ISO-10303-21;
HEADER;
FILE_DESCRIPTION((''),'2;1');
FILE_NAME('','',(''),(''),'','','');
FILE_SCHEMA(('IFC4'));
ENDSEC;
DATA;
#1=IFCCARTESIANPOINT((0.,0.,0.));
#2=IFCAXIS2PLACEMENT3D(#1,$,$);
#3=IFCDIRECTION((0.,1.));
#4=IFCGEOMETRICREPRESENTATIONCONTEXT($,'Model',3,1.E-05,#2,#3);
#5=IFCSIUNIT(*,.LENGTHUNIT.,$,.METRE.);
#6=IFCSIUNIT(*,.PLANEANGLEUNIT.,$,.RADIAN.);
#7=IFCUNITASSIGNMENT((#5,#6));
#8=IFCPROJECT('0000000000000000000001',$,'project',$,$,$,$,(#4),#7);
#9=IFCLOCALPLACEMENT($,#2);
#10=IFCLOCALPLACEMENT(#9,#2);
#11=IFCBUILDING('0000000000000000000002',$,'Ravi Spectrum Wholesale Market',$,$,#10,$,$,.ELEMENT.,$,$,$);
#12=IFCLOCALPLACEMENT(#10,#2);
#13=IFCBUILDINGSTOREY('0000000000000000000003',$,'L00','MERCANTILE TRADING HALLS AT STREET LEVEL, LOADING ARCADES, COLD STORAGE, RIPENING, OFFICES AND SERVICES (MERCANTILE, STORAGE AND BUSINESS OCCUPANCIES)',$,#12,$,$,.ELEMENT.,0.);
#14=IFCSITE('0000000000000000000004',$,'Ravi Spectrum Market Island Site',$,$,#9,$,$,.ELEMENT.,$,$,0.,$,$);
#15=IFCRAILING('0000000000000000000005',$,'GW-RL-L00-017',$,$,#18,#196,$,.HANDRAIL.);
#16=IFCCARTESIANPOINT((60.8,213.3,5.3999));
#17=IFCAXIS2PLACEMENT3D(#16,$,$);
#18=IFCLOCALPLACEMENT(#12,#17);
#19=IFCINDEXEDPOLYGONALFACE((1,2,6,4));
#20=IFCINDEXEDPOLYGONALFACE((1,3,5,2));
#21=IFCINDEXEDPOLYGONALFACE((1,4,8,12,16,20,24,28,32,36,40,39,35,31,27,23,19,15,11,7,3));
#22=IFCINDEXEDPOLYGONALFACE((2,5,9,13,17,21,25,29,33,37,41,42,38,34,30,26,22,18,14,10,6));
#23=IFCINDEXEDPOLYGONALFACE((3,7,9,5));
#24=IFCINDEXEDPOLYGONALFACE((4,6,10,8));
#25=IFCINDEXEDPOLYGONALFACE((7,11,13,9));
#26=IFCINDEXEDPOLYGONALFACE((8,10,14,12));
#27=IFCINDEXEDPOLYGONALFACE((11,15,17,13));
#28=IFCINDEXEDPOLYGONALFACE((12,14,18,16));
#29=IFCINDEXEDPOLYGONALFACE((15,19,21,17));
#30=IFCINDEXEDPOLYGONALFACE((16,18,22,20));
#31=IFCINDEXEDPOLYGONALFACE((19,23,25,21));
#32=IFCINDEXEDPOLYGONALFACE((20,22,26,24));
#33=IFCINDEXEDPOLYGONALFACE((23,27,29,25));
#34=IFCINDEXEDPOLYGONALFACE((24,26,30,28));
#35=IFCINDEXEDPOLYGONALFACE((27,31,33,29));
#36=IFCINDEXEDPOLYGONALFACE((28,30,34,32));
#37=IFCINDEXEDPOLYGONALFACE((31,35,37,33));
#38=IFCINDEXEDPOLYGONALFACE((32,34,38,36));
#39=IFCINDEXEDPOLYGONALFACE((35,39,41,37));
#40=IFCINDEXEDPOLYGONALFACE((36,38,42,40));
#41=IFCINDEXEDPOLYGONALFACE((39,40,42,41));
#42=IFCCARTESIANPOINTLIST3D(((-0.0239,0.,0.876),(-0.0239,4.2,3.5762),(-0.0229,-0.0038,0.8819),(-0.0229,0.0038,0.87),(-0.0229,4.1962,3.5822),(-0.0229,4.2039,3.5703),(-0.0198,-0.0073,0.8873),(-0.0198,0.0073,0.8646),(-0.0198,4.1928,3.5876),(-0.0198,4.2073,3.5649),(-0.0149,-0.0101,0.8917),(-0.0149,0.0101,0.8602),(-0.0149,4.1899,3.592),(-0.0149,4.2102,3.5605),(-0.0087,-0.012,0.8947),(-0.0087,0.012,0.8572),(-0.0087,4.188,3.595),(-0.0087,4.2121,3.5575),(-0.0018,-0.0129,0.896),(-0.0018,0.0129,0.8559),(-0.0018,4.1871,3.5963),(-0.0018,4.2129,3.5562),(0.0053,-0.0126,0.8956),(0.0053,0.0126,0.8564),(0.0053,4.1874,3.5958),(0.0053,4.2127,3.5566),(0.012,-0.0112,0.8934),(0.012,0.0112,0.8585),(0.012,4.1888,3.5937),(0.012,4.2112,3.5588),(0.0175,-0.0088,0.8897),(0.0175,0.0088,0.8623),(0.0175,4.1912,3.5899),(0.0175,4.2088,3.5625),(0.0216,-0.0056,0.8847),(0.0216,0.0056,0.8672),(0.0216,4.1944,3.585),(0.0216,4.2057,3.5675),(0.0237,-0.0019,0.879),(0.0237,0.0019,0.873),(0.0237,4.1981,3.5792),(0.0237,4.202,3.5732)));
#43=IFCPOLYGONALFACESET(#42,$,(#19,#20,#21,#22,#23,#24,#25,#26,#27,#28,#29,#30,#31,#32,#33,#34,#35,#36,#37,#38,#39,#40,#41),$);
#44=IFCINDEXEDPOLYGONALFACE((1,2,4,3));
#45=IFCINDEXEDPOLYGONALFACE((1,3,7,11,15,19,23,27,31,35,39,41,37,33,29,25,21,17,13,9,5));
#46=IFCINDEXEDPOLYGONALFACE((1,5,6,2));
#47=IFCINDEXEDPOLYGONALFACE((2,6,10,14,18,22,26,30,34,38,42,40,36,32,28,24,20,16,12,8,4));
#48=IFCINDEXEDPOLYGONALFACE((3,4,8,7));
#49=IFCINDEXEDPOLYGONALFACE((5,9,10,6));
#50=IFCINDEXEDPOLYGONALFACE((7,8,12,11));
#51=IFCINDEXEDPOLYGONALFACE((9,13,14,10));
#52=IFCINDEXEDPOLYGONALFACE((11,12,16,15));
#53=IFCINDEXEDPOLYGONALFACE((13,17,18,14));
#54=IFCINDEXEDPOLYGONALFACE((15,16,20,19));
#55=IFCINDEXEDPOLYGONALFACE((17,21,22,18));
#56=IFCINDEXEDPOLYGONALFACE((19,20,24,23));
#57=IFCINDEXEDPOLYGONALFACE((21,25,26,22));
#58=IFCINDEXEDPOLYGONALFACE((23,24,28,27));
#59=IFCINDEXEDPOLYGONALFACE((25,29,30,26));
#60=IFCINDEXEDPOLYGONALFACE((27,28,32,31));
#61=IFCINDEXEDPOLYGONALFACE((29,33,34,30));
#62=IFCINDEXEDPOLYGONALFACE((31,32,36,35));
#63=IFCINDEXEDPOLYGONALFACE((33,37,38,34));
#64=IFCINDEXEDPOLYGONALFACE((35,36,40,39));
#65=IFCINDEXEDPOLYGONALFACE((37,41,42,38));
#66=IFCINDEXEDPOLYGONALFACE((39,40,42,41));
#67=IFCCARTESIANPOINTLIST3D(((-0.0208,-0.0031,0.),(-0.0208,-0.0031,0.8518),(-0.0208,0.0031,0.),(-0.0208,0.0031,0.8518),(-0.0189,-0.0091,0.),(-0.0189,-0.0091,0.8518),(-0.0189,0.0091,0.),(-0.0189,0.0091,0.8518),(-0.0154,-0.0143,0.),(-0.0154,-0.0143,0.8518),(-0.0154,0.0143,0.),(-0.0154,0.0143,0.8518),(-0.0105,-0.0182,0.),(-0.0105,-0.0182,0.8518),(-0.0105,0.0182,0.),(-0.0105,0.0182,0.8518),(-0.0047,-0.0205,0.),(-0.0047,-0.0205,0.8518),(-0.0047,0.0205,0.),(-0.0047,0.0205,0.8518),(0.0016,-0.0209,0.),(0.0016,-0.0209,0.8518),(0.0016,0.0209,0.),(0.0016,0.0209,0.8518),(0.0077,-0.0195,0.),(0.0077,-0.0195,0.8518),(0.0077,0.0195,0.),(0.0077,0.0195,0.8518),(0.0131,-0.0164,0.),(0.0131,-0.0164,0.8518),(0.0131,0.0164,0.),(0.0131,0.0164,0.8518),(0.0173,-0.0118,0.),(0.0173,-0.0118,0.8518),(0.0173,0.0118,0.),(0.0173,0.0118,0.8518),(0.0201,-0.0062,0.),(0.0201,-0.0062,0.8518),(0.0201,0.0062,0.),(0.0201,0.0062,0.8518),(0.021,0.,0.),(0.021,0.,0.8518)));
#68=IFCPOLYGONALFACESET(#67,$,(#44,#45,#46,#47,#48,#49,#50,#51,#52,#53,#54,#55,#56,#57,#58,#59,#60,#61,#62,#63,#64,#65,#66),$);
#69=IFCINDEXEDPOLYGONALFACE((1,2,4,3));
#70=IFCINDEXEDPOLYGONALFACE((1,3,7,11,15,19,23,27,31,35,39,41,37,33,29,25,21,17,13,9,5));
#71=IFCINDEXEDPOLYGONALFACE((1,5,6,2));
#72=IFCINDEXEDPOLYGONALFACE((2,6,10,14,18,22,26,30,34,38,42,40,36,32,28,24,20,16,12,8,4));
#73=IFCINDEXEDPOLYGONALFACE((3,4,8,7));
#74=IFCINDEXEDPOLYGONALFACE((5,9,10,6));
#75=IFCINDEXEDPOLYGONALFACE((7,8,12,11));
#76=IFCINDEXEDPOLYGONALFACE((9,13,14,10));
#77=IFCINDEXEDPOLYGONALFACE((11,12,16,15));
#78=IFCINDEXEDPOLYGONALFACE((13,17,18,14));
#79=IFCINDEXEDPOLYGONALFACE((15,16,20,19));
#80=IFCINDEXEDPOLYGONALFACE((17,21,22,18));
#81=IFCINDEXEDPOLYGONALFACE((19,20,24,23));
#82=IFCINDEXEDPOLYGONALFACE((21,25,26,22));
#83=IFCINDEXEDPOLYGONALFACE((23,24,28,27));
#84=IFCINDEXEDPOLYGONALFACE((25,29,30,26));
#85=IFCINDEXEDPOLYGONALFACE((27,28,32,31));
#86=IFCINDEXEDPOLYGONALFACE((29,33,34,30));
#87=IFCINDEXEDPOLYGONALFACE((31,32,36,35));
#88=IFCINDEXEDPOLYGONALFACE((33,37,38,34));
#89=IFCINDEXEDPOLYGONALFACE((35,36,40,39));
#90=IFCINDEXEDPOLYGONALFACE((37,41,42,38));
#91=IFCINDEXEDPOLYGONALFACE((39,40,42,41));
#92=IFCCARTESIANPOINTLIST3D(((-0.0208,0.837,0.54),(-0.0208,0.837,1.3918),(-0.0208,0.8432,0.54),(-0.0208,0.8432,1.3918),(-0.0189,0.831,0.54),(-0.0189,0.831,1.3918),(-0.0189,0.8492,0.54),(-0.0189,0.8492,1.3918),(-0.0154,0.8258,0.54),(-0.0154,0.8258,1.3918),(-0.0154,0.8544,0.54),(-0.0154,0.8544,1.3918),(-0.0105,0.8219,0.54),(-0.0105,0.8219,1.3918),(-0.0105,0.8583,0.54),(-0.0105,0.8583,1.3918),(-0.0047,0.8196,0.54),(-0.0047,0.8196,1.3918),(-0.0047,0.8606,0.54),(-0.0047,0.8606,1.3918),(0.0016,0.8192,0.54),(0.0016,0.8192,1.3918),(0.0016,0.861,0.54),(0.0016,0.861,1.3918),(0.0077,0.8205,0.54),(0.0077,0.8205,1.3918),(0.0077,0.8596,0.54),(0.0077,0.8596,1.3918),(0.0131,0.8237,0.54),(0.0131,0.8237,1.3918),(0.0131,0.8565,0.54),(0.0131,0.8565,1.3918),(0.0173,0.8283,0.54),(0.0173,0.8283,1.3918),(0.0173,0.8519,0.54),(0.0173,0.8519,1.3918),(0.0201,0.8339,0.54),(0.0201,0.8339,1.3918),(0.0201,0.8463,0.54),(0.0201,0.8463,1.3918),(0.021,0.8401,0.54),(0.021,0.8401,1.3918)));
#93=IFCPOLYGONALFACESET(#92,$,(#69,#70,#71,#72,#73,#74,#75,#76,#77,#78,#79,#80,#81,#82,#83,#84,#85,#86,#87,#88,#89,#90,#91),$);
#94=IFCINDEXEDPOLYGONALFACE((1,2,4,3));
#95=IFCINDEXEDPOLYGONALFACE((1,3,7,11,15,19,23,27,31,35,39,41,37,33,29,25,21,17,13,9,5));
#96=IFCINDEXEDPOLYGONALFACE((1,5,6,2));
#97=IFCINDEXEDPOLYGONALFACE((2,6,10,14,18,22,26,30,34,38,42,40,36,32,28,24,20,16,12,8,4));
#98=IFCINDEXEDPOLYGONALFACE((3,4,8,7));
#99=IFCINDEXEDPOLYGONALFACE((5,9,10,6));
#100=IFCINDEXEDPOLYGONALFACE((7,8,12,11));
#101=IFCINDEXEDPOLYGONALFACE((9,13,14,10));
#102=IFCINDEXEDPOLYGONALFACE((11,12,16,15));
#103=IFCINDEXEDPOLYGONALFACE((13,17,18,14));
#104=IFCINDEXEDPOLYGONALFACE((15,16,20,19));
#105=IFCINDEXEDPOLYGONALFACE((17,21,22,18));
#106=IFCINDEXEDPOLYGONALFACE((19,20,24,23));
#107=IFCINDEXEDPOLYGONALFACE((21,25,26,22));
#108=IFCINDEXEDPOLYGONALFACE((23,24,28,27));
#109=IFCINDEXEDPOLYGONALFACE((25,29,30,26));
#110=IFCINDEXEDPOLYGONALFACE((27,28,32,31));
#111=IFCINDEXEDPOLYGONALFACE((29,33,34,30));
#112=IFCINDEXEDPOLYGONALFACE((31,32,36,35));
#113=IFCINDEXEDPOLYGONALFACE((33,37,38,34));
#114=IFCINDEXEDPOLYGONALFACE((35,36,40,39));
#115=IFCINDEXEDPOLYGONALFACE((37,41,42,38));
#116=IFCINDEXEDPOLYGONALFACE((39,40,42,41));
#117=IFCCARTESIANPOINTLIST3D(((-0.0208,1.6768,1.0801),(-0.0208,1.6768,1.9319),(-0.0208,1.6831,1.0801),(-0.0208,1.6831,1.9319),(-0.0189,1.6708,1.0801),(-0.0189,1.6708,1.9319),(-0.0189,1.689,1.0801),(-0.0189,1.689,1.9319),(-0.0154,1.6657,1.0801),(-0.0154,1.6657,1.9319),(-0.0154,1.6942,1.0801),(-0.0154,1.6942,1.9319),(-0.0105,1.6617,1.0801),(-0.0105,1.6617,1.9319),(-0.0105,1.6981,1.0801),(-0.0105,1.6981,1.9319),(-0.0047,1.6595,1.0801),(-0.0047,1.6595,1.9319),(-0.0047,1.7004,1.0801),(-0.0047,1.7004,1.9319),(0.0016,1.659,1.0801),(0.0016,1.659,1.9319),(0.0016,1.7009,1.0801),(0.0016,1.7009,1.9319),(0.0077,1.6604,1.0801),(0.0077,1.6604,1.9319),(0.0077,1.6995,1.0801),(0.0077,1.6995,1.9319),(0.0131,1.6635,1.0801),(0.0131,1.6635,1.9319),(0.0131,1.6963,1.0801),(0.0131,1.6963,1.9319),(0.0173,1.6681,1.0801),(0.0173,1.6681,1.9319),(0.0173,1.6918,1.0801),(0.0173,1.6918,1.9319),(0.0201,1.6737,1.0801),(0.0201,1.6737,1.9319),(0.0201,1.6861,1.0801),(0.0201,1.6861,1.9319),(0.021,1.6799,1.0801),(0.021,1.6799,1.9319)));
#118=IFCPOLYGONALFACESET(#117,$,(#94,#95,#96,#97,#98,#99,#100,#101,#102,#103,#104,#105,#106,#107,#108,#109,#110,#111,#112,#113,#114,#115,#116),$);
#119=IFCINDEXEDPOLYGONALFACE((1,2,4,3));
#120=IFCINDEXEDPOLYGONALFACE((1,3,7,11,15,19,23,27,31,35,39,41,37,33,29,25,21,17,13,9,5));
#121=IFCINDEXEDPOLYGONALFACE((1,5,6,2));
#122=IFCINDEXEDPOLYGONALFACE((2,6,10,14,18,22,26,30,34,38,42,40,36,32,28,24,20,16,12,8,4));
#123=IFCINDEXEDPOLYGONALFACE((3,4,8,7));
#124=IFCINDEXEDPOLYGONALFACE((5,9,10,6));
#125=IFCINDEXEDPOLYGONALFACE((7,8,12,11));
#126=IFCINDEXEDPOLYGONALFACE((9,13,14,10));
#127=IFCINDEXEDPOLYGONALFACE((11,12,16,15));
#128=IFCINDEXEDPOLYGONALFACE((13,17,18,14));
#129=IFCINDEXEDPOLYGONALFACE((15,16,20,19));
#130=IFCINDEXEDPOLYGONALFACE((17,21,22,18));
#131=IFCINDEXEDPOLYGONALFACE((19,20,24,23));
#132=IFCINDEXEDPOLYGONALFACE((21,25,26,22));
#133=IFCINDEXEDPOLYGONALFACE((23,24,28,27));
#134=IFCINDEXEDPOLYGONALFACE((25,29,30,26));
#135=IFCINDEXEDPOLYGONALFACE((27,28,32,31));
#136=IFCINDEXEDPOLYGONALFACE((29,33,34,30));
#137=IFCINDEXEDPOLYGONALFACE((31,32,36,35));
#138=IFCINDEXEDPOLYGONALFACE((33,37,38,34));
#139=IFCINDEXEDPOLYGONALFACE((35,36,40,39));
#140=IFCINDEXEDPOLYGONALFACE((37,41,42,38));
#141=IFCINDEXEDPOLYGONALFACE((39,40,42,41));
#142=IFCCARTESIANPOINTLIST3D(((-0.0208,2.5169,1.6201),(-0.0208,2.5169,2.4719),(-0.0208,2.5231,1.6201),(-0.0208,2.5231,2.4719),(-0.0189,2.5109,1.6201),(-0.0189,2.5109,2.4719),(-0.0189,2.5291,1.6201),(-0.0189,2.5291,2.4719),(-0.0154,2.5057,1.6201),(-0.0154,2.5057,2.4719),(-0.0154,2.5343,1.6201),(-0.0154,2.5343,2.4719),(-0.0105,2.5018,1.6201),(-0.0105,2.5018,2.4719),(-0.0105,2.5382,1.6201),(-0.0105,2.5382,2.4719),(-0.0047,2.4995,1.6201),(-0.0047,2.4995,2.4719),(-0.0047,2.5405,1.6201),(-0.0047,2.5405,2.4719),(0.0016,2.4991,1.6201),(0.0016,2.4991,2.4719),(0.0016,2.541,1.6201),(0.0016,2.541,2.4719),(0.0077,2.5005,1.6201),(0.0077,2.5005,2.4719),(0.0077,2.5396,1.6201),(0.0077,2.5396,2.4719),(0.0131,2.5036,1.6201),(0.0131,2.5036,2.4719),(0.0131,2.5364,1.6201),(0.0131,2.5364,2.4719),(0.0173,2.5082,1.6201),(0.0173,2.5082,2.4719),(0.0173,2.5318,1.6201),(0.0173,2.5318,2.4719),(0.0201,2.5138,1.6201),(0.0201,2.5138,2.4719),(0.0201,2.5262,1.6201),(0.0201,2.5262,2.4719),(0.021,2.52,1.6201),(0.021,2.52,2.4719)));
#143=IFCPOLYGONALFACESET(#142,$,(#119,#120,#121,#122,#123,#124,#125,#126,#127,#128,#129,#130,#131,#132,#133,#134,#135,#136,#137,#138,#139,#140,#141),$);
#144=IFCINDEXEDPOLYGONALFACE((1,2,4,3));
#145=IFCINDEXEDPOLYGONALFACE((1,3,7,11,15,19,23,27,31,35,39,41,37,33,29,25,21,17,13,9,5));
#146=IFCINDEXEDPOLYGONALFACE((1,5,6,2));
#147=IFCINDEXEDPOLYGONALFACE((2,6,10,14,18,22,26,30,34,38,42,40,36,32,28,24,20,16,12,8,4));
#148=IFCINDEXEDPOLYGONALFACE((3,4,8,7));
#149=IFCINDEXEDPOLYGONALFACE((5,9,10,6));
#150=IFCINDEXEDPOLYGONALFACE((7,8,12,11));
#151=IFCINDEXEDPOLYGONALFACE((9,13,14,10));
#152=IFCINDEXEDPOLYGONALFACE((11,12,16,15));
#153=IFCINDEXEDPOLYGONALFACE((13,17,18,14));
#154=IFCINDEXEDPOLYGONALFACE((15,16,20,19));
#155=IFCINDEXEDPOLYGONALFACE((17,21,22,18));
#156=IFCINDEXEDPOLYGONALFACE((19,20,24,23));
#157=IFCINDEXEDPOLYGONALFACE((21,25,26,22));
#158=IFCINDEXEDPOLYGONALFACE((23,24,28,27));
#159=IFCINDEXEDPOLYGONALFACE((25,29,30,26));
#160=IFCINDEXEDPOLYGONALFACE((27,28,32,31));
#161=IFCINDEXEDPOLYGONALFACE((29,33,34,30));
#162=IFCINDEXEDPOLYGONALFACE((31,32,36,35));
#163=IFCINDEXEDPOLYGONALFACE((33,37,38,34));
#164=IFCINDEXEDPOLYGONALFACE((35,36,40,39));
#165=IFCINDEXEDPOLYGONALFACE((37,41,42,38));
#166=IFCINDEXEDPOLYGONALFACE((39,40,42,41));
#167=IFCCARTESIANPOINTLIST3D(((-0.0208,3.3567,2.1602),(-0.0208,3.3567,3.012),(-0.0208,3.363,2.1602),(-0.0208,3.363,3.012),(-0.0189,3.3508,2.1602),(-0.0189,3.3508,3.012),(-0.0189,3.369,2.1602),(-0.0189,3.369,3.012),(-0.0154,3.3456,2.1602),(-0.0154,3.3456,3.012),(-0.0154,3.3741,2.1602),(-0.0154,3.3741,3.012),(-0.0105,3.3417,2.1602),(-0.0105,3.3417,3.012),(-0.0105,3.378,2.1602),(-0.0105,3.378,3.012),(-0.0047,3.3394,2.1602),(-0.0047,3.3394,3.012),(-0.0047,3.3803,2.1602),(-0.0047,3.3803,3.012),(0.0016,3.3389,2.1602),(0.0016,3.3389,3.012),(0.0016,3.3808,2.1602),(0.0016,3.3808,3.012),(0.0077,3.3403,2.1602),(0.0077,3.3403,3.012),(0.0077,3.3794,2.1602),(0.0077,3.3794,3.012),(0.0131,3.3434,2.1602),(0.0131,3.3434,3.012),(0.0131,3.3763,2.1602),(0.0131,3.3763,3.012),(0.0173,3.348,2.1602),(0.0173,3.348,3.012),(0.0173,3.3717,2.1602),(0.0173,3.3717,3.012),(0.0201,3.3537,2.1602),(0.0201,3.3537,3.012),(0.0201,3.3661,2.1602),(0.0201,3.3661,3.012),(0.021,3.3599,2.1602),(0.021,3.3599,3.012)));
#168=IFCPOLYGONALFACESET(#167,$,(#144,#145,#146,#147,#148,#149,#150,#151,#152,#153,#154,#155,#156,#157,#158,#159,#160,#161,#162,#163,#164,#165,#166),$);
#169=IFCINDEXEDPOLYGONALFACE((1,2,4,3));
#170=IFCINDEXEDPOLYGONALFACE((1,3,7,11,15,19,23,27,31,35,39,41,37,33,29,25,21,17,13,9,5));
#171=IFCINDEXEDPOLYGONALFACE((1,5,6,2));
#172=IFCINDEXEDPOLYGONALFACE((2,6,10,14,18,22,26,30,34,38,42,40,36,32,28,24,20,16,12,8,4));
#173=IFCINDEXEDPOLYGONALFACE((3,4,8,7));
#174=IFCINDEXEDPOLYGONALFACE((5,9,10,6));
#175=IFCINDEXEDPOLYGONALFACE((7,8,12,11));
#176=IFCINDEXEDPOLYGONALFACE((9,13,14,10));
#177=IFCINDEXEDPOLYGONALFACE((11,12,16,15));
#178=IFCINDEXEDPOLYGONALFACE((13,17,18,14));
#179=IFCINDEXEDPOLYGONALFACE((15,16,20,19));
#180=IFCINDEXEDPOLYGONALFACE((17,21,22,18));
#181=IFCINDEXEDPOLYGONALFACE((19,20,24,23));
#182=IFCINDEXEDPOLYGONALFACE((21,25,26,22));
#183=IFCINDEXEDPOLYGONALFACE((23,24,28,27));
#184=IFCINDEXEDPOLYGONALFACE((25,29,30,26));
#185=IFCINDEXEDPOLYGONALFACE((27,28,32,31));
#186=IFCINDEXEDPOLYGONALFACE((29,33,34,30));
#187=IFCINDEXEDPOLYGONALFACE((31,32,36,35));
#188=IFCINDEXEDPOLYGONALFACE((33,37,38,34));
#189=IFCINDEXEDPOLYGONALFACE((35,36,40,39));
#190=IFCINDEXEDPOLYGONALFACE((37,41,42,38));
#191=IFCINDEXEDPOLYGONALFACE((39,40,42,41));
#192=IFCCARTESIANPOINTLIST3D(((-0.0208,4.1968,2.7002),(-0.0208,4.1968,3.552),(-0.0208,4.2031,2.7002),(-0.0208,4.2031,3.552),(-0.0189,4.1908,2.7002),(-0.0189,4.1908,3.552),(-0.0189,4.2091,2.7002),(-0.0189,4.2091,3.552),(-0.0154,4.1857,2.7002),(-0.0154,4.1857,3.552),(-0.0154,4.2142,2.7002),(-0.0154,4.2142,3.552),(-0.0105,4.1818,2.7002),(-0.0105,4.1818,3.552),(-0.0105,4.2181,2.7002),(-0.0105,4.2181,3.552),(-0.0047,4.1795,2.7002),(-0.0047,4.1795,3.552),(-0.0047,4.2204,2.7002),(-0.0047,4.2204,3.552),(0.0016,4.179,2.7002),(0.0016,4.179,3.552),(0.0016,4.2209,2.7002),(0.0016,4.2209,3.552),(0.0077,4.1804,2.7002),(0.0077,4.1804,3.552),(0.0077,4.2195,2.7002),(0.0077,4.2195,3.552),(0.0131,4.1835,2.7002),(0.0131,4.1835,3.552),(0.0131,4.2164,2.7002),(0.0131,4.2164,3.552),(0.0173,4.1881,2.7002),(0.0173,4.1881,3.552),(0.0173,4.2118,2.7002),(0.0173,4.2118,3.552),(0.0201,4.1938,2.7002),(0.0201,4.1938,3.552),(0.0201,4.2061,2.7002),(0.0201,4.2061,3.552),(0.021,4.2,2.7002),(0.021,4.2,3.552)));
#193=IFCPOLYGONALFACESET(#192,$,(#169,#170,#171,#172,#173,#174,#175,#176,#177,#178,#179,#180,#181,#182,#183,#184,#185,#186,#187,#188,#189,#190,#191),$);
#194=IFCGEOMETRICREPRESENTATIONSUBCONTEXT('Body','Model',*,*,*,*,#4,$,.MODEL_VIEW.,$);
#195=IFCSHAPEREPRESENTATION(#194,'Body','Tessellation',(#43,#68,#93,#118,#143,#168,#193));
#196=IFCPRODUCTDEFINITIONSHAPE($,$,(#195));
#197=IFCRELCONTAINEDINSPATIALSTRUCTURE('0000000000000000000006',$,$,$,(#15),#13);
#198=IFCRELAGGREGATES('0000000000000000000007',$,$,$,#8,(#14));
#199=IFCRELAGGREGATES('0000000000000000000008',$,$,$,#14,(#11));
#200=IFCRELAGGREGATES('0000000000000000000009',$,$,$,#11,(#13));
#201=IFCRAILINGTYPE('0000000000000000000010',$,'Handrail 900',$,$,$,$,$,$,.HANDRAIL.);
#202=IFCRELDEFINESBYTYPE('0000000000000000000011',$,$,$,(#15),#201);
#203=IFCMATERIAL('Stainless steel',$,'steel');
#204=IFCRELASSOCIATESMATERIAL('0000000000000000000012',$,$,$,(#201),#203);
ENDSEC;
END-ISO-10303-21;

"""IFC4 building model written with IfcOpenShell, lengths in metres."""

from ifc_helpers import new_model, si_unit, direction, frame, origin, origin_2d, place, context, subcontext, project, spatial, circle, extrude, material, type_object, element, save


model = new_model("IFC4")

# Units and contexts
model_context = context("Model", 3, precision=1e-05, world=origin(), true_north=direction((0.0, 1.0)))
body_context = subcontext(model_context, "Body", "Model", "MODEL_VIEW")
ifc_project = project(units=[si_unit("LENGTHUNIT", "METRE"), si_unit("PLANEANGLEUNIT", "RADIAN")], contexts=[model_context])

# Site, building, storey
site_placement = place(None, origin())
site = spatial("IfcSite", under=ifc_project, at=site_placement, Name="Ravi Spectrum Market Island Site", CompositionType="ELEMENT", RefElevation=0.0)
building_placement = place(site_placement, origin())
building = spatial("IfcBuilding", under=site, at=building_placement, Name="Ravi Spectrum Wholesale Market", CompositionType="ELEMENT")
storey_placement = place(building_placement, origin())
storey = spatial("IfcBuildingStorey", under=building, at=storey_placement, Name="L00", Description="MERCANTILE TRADING HALLS AT STREET LEVEL, LOADING ARCADES, COLD STORAGE, RIPENING, OFFICES AND SERVICES (MERCANTILE, STORAGE AND BUSINESS OCCUPANCIES)", CompositionType="ELEMENT", Elevation=0.0)

# Railing
ifc_material_1 = material(Name="Stainless steel", Category="steel")
railing_type_1 = type_object("IfcRailingType", Name="Handrail 900", PredefinedType="HANDRAIL", material=ifc_material_1)
for number, where, name in (
    (1, (60.8, 213.3, 5.3999), "GW-RL-L00-017"),
):
    element("IfcRailing", number, at=place(storey_placement, frame(where)), inside=storey, type_object=railing_type_1, Name=name, PredefinedType="HANDRAIL", context=body_context, shape_type="SweptSolid", body=[
        extrude(circle(Radius=0.0239, at=origin_2d()), frame((0.0, 0.0, 0.876), z_axis=(0.0, 0.841158, 0.54079), x_axis=(-1.0, 0.0, 0.0)), (0.0, 0.0, 1.0), 4.9932),
        extrude(circle(Radius=0.021, at=origin_2d()), origin(), (0.0, 0.0, 1.0), 0.8518),
        extrude(circle(Radius=0.021, at=origin_2d()), frame((0.0, 0.8401, 0.54)), (0.0, 0.0, 1.0), 0.8518),
        extrude(circle(Radius=0.021, at=origin_2d()), frame((0.0, 1.6799, 1.0801)), (0.0, 0.0, 1.0), 0.8518),
        extrude(circle(Radius=0.021, at=origin_2d()), frame((0.0, 2.52, 1.6201)), (0.0, 0.0, 1.0), 0.8518),
        extrude(circle(Radius=0.021, at=origin_2d()), frame((0.0, 3.3599, 2.1602)), (0.0, 0.0, 1.0), 0.8518),
        extrude(circle(Radius=0.021, at=origin_2d()), frame((0.0, 4.2, 2.7002)), (0.0, 0.0, 1.0), 0.8518),
    ])

save(model, "model.ifc")
